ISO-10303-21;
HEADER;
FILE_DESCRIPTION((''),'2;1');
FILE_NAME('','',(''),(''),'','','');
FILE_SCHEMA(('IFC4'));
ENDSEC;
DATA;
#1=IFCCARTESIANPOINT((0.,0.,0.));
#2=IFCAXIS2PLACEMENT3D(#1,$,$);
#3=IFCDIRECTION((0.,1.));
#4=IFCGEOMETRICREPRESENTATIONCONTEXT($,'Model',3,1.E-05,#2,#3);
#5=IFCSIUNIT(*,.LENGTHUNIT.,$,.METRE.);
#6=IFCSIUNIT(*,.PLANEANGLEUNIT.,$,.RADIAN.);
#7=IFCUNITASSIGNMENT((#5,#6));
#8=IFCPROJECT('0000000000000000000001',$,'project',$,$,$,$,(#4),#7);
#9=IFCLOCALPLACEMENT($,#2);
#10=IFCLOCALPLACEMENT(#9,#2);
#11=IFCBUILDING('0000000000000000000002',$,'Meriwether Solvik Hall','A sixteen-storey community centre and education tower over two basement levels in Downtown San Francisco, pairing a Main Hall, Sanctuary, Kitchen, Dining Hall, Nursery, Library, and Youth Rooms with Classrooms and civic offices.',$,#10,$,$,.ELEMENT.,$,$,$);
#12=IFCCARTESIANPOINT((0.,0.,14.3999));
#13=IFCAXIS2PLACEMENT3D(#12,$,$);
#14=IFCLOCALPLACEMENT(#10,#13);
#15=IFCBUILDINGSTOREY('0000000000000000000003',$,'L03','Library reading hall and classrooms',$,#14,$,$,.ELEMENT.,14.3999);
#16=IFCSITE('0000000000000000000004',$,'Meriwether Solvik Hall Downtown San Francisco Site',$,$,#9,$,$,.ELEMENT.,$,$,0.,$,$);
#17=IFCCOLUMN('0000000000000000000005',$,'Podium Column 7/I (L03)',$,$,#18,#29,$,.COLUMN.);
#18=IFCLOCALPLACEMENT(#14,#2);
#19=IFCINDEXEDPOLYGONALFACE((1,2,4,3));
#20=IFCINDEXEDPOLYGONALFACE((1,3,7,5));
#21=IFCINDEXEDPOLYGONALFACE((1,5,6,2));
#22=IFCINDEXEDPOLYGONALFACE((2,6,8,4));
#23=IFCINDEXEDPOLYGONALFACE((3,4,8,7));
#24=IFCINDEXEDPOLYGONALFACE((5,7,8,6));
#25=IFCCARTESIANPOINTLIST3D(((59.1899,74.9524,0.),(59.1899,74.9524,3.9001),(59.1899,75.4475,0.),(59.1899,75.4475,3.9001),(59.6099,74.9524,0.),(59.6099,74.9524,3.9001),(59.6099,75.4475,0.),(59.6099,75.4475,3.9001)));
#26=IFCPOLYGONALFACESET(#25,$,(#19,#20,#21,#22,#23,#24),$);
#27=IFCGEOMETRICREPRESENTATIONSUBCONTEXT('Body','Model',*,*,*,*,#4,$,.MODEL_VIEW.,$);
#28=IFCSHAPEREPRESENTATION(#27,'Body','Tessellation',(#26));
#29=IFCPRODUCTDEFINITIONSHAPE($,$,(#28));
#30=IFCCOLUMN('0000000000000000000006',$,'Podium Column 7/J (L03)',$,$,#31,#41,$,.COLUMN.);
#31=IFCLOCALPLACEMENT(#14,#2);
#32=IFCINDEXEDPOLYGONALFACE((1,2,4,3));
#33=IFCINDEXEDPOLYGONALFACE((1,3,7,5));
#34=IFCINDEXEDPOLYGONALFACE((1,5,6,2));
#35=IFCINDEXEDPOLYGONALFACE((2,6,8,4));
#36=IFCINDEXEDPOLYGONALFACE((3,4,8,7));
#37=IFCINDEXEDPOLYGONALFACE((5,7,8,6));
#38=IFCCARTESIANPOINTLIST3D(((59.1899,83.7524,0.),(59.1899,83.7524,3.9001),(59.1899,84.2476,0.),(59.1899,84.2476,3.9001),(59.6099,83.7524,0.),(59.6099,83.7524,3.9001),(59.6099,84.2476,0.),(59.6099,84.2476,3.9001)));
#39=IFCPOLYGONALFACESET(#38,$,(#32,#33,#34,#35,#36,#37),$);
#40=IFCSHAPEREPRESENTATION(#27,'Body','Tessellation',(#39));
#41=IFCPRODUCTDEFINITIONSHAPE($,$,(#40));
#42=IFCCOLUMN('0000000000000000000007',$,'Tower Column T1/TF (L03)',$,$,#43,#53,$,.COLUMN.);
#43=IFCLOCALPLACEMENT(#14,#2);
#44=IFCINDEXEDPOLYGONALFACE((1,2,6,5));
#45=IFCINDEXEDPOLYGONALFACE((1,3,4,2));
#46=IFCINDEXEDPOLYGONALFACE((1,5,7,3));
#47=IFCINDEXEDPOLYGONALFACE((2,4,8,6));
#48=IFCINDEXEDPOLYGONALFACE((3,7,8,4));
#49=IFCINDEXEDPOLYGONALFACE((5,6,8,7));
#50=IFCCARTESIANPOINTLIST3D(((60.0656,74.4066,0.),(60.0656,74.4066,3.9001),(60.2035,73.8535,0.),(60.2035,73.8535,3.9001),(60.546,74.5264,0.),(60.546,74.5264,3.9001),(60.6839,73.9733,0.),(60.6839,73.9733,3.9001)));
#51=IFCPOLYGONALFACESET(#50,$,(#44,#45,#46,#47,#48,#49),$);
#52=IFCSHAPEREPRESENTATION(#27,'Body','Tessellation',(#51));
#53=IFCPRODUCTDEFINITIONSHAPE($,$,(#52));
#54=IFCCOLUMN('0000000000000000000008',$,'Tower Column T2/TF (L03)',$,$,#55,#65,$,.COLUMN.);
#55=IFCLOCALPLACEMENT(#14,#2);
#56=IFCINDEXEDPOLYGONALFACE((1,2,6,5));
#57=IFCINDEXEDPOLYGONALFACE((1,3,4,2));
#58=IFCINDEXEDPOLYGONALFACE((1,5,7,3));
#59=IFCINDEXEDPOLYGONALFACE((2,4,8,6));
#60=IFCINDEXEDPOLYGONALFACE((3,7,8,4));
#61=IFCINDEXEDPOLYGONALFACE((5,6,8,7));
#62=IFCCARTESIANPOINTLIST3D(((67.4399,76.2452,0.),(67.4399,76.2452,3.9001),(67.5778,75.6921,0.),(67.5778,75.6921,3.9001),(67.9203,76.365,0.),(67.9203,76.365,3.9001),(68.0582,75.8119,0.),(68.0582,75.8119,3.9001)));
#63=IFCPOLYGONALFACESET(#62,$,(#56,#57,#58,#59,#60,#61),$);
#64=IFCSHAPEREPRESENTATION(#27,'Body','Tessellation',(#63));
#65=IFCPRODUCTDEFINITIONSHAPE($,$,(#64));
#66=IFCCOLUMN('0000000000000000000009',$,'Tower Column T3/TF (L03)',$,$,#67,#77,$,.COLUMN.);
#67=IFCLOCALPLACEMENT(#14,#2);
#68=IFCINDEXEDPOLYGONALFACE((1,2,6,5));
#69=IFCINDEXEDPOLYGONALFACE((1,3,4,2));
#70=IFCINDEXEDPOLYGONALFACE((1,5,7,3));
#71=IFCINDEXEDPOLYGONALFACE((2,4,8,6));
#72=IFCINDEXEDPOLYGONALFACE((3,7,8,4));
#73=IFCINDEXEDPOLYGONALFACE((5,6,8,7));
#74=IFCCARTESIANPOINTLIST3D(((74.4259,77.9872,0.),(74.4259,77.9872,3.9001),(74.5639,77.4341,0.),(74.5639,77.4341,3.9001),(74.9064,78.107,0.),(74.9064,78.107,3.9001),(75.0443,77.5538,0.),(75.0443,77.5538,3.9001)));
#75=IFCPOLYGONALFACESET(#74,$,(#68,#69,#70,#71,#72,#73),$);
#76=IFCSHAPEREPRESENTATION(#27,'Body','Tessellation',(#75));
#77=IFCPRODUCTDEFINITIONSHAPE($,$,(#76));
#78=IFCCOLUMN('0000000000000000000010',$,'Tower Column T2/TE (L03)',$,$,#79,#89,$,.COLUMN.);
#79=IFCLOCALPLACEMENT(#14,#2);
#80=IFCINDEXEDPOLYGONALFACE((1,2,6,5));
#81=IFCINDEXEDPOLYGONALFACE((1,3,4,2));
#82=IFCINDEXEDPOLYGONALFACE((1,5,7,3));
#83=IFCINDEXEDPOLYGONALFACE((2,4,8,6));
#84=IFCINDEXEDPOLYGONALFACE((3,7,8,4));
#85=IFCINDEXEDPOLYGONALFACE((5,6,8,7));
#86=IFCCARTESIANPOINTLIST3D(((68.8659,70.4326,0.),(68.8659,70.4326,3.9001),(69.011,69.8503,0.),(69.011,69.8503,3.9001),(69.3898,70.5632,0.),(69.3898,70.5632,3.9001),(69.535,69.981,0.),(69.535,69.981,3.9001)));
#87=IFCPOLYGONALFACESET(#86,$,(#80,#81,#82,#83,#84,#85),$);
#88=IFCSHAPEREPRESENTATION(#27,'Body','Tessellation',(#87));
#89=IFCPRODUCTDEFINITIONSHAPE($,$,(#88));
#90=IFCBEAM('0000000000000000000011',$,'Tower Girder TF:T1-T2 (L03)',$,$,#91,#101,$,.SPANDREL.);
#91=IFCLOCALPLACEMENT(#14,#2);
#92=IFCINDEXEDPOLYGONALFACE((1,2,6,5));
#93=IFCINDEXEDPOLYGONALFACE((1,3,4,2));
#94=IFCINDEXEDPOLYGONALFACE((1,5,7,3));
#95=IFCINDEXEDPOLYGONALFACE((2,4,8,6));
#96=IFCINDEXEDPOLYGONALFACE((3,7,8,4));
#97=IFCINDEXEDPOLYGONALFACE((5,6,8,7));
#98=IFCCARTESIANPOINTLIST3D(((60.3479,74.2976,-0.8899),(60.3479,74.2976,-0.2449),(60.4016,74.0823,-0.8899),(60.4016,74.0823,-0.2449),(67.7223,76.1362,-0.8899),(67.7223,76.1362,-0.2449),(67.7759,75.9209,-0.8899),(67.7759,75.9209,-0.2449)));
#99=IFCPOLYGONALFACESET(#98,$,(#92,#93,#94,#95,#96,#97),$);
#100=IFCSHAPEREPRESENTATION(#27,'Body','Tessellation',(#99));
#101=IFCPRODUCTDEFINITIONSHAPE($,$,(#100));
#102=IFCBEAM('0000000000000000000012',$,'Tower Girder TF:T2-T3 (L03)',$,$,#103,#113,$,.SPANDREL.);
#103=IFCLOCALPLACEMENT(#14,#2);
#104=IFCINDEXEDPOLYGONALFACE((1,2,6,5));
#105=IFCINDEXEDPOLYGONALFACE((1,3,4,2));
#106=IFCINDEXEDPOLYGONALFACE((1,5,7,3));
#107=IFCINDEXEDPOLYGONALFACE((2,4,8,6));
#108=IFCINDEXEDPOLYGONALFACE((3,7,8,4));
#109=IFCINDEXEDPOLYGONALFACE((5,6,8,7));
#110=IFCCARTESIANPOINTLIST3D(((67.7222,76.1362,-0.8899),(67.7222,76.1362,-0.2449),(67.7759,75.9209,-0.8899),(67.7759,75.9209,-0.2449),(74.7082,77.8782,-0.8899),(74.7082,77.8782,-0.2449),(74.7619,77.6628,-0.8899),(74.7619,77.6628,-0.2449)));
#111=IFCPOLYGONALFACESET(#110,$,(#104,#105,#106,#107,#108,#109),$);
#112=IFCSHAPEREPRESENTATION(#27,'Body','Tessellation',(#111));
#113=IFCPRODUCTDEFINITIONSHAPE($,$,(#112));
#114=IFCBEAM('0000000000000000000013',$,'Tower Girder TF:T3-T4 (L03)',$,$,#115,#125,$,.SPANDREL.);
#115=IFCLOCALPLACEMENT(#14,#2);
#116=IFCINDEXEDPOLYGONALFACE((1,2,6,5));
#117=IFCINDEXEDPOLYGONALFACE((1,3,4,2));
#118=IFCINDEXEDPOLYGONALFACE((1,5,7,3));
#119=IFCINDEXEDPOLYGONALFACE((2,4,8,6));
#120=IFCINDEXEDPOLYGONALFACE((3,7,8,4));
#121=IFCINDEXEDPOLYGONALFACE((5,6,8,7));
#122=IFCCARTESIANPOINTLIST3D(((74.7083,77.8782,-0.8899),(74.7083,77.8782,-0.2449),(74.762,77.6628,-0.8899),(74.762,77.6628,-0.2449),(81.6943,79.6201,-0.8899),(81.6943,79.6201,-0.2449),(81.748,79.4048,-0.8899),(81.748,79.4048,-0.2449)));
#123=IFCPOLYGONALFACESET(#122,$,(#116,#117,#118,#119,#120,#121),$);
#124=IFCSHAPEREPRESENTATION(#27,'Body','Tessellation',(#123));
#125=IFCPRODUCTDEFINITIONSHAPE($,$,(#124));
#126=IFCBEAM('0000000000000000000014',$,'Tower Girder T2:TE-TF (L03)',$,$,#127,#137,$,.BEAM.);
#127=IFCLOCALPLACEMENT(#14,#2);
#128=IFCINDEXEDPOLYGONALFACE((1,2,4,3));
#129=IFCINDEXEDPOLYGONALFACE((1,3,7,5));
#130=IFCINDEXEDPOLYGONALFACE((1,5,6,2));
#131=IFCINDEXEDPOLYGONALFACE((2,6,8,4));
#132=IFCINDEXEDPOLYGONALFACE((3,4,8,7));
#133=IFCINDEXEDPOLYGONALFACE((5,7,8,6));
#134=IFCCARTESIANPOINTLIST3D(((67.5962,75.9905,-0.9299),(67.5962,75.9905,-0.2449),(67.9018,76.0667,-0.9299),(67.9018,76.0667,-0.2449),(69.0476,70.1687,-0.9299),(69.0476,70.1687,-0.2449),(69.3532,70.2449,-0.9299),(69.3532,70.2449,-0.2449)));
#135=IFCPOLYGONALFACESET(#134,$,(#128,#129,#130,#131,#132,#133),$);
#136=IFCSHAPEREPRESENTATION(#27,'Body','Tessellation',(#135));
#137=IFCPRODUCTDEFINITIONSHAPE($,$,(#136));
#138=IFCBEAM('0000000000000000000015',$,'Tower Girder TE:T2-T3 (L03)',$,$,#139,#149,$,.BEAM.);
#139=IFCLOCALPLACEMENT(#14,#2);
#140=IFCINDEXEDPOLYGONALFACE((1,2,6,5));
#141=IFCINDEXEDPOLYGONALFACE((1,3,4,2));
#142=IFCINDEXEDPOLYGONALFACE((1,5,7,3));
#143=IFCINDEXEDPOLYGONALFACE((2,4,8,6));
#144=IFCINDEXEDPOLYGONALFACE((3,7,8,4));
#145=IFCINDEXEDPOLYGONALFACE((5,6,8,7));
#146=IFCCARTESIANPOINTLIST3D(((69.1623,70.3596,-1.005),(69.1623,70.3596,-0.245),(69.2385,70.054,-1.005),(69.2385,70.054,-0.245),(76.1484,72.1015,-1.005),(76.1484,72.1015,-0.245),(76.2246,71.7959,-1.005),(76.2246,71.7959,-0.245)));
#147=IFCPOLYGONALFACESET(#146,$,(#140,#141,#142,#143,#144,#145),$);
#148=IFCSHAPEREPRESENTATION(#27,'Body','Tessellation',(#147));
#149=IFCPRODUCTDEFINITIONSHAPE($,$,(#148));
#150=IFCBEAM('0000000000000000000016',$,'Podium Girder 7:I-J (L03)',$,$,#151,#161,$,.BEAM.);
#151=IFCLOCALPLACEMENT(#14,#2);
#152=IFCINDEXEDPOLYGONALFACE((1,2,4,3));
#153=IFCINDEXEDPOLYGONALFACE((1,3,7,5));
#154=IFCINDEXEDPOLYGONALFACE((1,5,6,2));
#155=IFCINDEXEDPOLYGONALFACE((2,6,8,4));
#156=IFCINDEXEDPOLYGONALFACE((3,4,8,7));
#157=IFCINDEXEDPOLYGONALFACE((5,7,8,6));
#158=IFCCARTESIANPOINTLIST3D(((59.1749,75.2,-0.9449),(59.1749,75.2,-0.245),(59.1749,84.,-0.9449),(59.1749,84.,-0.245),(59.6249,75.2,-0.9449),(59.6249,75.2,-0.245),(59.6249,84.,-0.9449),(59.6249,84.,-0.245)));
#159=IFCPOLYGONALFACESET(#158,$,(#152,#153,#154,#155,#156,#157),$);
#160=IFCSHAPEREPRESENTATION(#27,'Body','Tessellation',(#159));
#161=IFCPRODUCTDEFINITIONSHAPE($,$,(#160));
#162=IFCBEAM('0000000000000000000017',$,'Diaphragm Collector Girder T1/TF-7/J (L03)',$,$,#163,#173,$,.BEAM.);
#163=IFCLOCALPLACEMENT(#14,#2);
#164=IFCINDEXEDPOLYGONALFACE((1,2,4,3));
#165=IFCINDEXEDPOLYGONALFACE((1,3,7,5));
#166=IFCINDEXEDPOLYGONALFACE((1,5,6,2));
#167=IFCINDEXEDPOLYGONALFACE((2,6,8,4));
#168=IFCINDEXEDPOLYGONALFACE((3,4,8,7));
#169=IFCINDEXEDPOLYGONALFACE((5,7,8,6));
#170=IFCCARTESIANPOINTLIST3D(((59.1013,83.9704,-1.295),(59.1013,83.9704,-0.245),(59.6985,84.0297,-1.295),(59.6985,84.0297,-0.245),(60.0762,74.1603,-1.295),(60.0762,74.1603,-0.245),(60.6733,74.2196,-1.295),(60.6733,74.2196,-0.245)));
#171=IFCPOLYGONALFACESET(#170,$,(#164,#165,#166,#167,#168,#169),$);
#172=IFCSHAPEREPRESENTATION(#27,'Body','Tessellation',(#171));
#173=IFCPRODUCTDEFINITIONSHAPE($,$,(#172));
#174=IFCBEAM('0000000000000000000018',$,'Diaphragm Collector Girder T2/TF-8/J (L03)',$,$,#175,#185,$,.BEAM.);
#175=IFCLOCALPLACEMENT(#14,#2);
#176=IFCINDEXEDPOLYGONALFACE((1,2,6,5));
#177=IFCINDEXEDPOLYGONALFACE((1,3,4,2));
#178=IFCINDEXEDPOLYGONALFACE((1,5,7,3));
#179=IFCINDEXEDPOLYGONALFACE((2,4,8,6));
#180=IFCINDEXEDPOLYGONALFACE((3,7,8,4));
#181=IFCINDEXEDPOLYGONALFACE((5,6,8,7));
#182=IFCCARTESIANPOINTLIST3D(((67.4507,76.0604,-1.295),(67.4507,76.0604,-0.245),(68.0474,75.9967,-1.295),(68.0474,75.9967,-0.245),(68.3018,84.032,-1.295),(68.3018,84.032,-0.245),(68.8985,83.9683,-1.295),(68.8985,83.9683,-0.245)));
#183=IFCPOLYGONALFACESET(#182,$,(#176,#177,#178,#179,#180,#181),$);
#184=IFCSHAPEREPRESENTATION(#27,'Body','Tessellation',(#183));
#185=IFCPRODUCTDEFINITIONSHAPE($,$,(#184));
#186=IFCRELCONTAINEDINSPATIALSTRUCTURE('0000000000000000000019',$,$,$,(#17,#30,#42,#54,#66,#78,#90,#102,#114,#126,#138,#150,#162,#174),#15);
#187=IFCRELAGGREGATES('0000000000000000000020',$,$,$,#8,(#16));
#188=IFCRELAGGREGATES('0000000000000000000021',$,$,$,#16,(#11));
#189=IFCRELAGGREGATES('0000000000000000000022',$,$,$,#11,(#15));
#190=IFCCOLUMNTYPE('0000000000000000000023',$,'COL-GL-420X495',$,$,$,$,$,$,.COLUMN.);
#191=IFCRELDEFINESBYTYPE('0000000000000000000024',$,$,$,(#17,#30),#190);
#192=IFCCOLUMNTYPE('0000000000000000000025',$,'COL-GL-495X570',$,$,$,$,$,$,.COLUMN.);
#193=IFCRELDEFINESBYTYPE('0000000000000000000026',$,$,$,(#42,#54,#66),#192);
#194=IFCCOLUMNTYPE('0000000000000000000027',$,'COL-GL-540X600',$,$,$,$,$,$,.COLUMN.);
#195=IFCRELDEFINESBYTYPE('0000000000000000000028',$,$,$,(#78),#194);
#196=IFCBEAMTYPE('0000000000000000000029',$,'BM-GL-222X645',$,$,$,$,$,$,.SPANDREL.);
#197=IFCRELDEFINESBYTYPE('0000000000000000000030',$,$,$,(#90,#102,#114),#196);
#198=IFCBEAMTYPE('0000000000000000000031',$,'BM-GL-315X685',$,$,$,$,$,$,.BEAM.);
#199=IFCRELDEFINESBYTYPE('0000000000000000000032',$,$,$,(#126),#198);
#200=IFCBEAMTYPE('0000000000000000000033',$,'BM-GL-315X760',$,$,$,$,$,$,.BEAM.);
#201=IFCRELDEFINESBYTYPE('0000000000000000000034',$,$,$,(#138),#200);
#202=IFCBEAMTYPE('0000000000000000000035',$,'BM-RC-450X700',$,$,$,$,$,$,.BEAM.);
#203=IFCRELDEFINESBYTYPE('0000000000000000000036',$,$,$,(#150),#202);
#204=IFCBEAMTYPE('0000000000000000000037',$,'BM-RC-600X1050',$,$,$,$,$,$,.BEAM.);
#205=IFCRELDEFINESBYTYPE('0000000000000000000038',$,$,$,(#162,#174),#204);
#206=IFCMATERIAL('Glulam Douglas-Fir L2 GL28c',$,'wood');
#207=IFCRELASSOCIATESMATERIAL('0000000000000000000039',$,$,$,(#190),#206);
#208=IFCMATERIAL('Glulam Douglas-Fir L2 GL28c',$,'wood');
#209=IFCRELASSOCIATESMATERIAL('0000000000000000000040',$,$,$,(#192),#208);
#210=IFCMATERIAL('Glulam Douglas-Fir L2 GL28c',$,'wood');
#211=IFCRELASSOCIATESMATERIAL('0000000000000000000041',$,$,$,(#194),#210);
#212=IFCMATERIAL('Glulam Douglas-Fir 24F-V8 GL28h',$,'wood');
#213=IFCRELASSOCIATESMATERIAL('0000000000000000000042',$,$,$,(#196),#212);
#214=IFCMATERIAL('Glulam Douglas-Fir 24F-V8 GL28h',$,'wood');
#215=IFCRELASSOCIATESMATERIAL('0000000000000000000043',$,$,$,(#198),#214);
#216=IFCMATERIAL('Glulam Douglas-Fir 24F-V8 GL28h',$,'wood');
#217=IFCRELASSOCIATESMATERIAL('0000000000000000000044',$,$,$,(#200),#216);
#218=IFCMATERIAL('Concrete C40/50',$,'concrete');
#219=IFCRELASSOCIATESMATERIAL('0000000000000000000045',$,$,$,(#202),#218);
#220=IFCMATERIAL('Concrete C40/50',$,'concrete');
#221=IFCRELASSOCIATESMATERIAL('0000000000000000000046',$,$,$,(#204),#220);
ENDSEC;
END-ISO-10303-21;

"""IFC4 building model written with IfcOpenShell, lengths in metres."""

from ifc_helpers import new_model, si_unit, direction, frame, origin, origin_2d, place, context, subcontext, project, spatial, rectangle, extrude, material, material_profile, profile_set, type_object, element, save


model = new_model("IFC4")

# Units and contexts
model_context = context("Model", 3, precision=1e-05, world=origin(), true_north=direction((0.0, 1.0)))
body_context = subcontext(model_context, "Body", "Model", "MODEL_VIEW")
ifc_project = project(units=[si_unit("LENGTHUNIT", "METRE"), si_unit("PLANEANGLEUNIT", "RADIAN")], contexts=[model_context])

# Site, building, storey
site_placement = place(None, origin())
site = spatial("IfcSite", under=ifc_project, at=site_placement, Name="Meriwether Solvik Hall Downtown San Francisco Site", CompositionType="ELEMENT", RefElevation=0.0)
building_placement = place(site_placement, origin())
building = spatial("IfcBuilding", under=site, at=building_placement, Name="Meriwether Solvik Hall", Description="A sixteen-storey community centre and education tower over two basement levels in Downtown San Francisco, pairing a Main Hall, Sanctuary, Kitchen, Dining Hall, Nursery, Library, and Youth Rooms with Classrooms and civic offices.", CompositionType="ELEMENT")
storey_placement = place(building_placement, frame((0.0, 0.0, 14.3999)))
storey = spatial("IfcBuildingStorey", under=building, at=storey_placement, Name="L03", Description="Library reading hall and classrooms", CompositionType="ELEMENT", Elevation=14.3999)

# Columns
ifc_material_1 = material(Name="Glulam Douglas-Fir L2 GL28c", Category="wood")
ifc_material_profile_1 = material_profile(ifc_material_1, rectangle(XDim=0.4199, YDim=0.4951, at=origin_2d()), Name="GLC-420X495")
ifc_profile_set_1 = profile_set([ifc_material_profile_1], Name="Glulam Douglas-Fir L2 GL28c")
column_type_1 = type_object("IfcColumnType", Name="COL-GL-420X495", PredefinedType="COLUMN", material=ifc_profile_set_1)
for number, where, z_axis, x_axis, name in (
    (1, (59.3999, 75.2, 0.0), (0.0, 0.0, 1.0), (1.0, 0.0, 0.0), "Podium Column 7/I (L03)"),
    (2, (59.3999, 84.0, 0.0), (0.0, 0.0, 1.0), (1.0, 0.0, 0.0), "Podium Column 7/J (L03)"),
):
    element("IfcColumn", number, at=place(storey_placement, frame(where, z_axis=z_axis, x_axis=x_axis)), inside=storey, type_object=column_type_1, Name=name, PredefinedType="COLUMN", context=body_context, shape_type="SweptSolid", body=[
        extrude(rectangle(XDim=0.4199, YDim=0.4951, at=origin_2d()), origin(), (0.0, 0.0, 1.0), 3.9001),
    ])
ifc_material_2 = material(Name="Glulam Douglas-Fir L2 GL28c", Category="wood")
ifc_material_profile_2 = material_profile(ifc_material_2, rectangle(XDim=0.4951, YDim=0.5701, at=origin_2d()), Name="GLC-495X570")
ifc_profile_set_2 = profile_set([ifc_material_profile_2], Name="Glulam Douglas-Fir L2 GL28c")
column_type_2 = type_object("IfcColumnType", Name="COL-GL-495X570", PredefinedType="COLUMN", material=ifc_profile_set_2)
for number, where, z_axis, x_axis, name in (
    (3, (60.3748, 74.1899, 0.0), (0.0, 0.0, 1.0), (0.970296, 0.241922, 0.0), "Tower Column T1/TF (L03)"),
    (4, (67.749, 76.0286, 0.0), (0.0, 0.0, 1.0), (0.970296, 0.241922, 0.0), "Tower Column T2/TF (L03)"),
    (5, (74.7351, 77.7705, 0.0), (0.0, 0.0, 1.0), (0.970296, 0.241922, 0.0), "Tower Column T3/TF (L03)"),
):
    element("IfcColumn", number, at=place(storey_placement, frame(where, z_axis=z_axis, x_axis=x_axis)), inside=storey, type_object=column_type_2, Name=name, PredefinedType="COLUMN", context=body_context, shape_type="SweptSolid", body=[
        extrude(rectangle(XDim=0.4951, YDim=0.5701, at=origin_2d()), origin(), (0.0, 0.0, 1.0), 3.9001),
    ])
ifc_material_3 = material(Name="Glulam Douglas-Fir L2 GL28c", Category="wood")
ifc_material_profile_3 = material_profile(ifc_material_3, rectangle(XDim=0.54, YDim=0.6001, at=origin_2d()), Name="GLC-540X600")
ifc_profile_set_3 = profile_set([ifc_material_profile_3], Name="Glulam Douglas-Fir L2 GL28c")
column_type_3 = type_object("IfcColumnType", Name="COL-GL-540X600", PredefinedType="COLUMN", material=ifc_profile_set_3)
column_placement = place(storey_placement, frame((69.2004, 70.2068, 0.0), z_axis=(0.0, 0.0, 1.0), x_axis=(0.970296, 0.241922, 0.0)))
element("IfcColumn", 6, at=column_placement, inside=storey, type_object=column_type_3, Name="Tower Column T2/TE (L03)", PredefinedType="COLUMN", context=body_context, shape_type="SweptSolid", body=[
    extrude(rectangle(XDim=0.54, YDim=0.6001, at=origin_2d()), origin(), (0.0, 0.0, 1.0), 3.9001),
])

# Beams
ifc_material_4 = material(Name="Glulam Douglas-Fir 24F-V8 GL28h", Category="wood")
ifc_material_profile_4 = material_profile(ifc_material_4, rectangle(XDim=0.2219, YDim=0.645, at=origin_2d()), Name="GLB-222X645")
ifc_profile_set_4 = profile_set([ifc_material_profile_4], Name="Glulam Douglas-Fir 24F-V8 GL28h")
beam_type_1 = type_object("IfcBeamType", Name="BM-GL-222X645", PredefinedType="SPANDREL", material=ifc_profile_set_4)
beam_1_placement = place(storey_placement, frame((60.3748, 74.1899, -0.5674), z_axis=(0.970295, 0.241923, 0.0), x_axis=(-0.241923, 0.970295, 0.0)))
element("IfcBeam", 7, at=beam_1_placement, inside=storey, type_object=beam_type_1, Name="Tower Girder TF:T1-T2 (L03)", PredefinedType="SPANDREL", context=body_context, shape_type="SweptSolid", body=[
    extrude(rectangle(XDim=0.2219, YDim=0.645, at=origin_2d()), origin(), (0.0, 0.0, 1.0), 7.6001),
])
for number, where, z_axis, x_axis, name in (
    (8, (67.749, 76.0286, -0.5674), (0.970292, 0.241937, 0.0), (-0.241937, 0.970292, 0.0), "Tower Girder TF:T2-T3 (L03)"),
    (9, (74.7351, 77.7705, -0.5674), (0.970292, 0.241937, 0.0), (-0.241937, 0.970292, 0.0), "Tower Girder TF:T3-T4 (L03)"),
):
    element("IfcBeam", number, at=place(storey_placement, frame(where, z_axis=z_axis, x_axis=x_axis)), inside=storey, type_object=beam_type_1, Name=name, PredefinedType="SPANDREL", context=body_context, shape_type="SweptSolid", body=[
        extrude(rectangle(XDim=0.2219, YDim=0.645, at=origin_2d()), origin(), (0.0, 0.0, 1.0), 7.2),
    ])
ifc_material_5 = material(Name="Glulam Douglas-Fir 24F-V8 GL28h", Category="wood")
ifc_material_profile_5 = material_profile(ifc_material_5, rectangle(XDim=0.3149, YDim=0.6851, at=origin_2d()), Name="GLB-315X685")
ifc_profile_set_5 = profile_set([ifc_material_profile_5], Name="Glulam Douglas-Fir 24F-V8 GL28h")
beam_type_2 = type_object("IfcBeamType", Name="BM-GL-315X685", PredefinedType="BEAM", material=ifc_profile_set_5)
beam_2_placement = place(storey_placement, frame((69.2004, 70.2068, -0.5874), z_axis=(-0.241904, 0.9703, 0.0), x_axis=(-0.9703, -0.241904, 0.0)))
element("IfcBeam", 10, at=beam_2_placement, inside=storey, type_object=beam_type_2, Name="Tower Girder T2:TE-TF (L03)", PredefinedType="BEAM", context=body_context, shape_type="SweptSolid", body=[
    extrude(rectangle(XDim=0.3149, YDim=0.6851, at=origin_2d()), origin(), (0.0, 0.0, 1.0), 6.0),
])
ifc_material_6 = material(Name="Glulam Douglas-Fir 24F-V8 GL28h", Category="wood")
ifc_material_profile_6 = material_profile(ifc_material_6, rectangle(XDim=0.3149, YDim=0.76, at=origin_2d()), Name="GLB-315X760")
ifc_profile_set_6 = profile_set([ifc_material_profile_6], Name="Glulam Douglas-Fir 24F-V8 GL28h")
beam_type_3 = type_object("IfcBeamType", Name="BM-GL-315X760", PredefinedType="BEAM", material=ifc_profile_set_6)
beam_3_placement = place(storey_placement, frame((69.2004, 70.2068, -0.625), z_axis=(0.970292, 0.241937, 0.0), x_axis=(-0.241937, 0.970292, 0.0)))
element("IfcBeam", 11, at=beam_3_placement, inside=storey, type_object=beam_type_3, Name="Tower Girder TE:T2-T3 (L03)", PredefinedType="BEAM", context=body_context, shape_type="SweptSolid", body=[
    extrude(rectangle(XDim=0.3149, YDim=0.76, at=origin_2d()), origin(), (0.0, 0.0, 1.0), 7.2),
])
ifc_material_7 = material(Name="Concrete C40/50", Category="concrete")
ifc_material_profile_7 = material_profile(ifc_material_7, rectangle(XDim=0.45, YDim=0.7, at=origin_2d()), Name="RCB-450X700")
ifc_profile_set_7 = profile_set([ifc_material_profile_7], Name="Concrete C40/50")
beam_type_4 = type_object("IfcBeamType", Name="BM-RC-450X700", PredefinedType="BEAM", material=ifc_profile_set_7)
beam_4_placement = place(storey_placement, frame((59.3999, 75.2, -0.595), z_axis=(0.0, 1.0, 0.0), x_axis=(-1.0, 0.0, 0.0)))
element("IfcBeam", 12, at=beam_4_placement, inside=storey, type_object=beam_type_4, Name="Podium Girder 7:I-J (L03)", PredefinedType="BEAM", context=body_context, shape_type="SweptSolid", body=[
    extrude(rectangle(XDim=0.45, YDim=0.7, at=origin_2d()), origin(), (0.0, 0.0, 1.0), 8.8),
])
ifc_material_8 = material(Name="Concrete C40/50", Category="concrete")
ifc_material_profile_8 = material_profile(ifc_material_8, rectangle(XDim=0.6001, YDim=1.05, at=origin_2d()), Name="RCB-600X1050")
ifc_profile_set_8 = profile_set([ifc_material_profile_8], Name="Concrete C40/50")
beam_type_5 = type_object("IfcBeamType", Name="BM-RC-600X1050", PredefinedType="BEAM", material=ifc_profile_set_8)
beam_5_placement = place(storey_placement, frame((60.3748, 74.1899, -0.77), z_axis=(-0.098886, 0.995099, 0.0), x_axis=(-0.995099, -0.098886, 0.0)))
element("IfcBeam", 13, at=beam_5_placement, inside=storey, type_object=beam_type_5, Name="Diaphragm Collector Girder T1/TF-7/J (L03)", PredefinedType="BEAM", context=body_context, shape_type="SweptSolid", body=[
    extrude(rectangle(XDim=0.6001, YDim=1.05, at=origin_2d()), origin(), (0.0, 0.0, 1.0), 9.8584),
])
beam_6_placement = place(storey_placement, frame((67.749, 76.0286, -0.77), z_axis=(0.106162, 0.994349, 0.0), x_axis=(-0.994349, 0.106162, 0.0)))
element("IfcBeam", 14, at=beam_6_placement, inside=storey, type_object=beam_type_5, Name="Diaphragm Collector Girder T2/TF-8/J (L03)", PredefinedType="BEAM", context=body_context, shape_type="SweptSolid", body=[
    extrude(rectangle(XDim=0.6001, YDim=1.05, at=origin_2d()), origin(), (0.0, 0.0, 1.0), 8.0168),
])

save(model, "model.ifc")
